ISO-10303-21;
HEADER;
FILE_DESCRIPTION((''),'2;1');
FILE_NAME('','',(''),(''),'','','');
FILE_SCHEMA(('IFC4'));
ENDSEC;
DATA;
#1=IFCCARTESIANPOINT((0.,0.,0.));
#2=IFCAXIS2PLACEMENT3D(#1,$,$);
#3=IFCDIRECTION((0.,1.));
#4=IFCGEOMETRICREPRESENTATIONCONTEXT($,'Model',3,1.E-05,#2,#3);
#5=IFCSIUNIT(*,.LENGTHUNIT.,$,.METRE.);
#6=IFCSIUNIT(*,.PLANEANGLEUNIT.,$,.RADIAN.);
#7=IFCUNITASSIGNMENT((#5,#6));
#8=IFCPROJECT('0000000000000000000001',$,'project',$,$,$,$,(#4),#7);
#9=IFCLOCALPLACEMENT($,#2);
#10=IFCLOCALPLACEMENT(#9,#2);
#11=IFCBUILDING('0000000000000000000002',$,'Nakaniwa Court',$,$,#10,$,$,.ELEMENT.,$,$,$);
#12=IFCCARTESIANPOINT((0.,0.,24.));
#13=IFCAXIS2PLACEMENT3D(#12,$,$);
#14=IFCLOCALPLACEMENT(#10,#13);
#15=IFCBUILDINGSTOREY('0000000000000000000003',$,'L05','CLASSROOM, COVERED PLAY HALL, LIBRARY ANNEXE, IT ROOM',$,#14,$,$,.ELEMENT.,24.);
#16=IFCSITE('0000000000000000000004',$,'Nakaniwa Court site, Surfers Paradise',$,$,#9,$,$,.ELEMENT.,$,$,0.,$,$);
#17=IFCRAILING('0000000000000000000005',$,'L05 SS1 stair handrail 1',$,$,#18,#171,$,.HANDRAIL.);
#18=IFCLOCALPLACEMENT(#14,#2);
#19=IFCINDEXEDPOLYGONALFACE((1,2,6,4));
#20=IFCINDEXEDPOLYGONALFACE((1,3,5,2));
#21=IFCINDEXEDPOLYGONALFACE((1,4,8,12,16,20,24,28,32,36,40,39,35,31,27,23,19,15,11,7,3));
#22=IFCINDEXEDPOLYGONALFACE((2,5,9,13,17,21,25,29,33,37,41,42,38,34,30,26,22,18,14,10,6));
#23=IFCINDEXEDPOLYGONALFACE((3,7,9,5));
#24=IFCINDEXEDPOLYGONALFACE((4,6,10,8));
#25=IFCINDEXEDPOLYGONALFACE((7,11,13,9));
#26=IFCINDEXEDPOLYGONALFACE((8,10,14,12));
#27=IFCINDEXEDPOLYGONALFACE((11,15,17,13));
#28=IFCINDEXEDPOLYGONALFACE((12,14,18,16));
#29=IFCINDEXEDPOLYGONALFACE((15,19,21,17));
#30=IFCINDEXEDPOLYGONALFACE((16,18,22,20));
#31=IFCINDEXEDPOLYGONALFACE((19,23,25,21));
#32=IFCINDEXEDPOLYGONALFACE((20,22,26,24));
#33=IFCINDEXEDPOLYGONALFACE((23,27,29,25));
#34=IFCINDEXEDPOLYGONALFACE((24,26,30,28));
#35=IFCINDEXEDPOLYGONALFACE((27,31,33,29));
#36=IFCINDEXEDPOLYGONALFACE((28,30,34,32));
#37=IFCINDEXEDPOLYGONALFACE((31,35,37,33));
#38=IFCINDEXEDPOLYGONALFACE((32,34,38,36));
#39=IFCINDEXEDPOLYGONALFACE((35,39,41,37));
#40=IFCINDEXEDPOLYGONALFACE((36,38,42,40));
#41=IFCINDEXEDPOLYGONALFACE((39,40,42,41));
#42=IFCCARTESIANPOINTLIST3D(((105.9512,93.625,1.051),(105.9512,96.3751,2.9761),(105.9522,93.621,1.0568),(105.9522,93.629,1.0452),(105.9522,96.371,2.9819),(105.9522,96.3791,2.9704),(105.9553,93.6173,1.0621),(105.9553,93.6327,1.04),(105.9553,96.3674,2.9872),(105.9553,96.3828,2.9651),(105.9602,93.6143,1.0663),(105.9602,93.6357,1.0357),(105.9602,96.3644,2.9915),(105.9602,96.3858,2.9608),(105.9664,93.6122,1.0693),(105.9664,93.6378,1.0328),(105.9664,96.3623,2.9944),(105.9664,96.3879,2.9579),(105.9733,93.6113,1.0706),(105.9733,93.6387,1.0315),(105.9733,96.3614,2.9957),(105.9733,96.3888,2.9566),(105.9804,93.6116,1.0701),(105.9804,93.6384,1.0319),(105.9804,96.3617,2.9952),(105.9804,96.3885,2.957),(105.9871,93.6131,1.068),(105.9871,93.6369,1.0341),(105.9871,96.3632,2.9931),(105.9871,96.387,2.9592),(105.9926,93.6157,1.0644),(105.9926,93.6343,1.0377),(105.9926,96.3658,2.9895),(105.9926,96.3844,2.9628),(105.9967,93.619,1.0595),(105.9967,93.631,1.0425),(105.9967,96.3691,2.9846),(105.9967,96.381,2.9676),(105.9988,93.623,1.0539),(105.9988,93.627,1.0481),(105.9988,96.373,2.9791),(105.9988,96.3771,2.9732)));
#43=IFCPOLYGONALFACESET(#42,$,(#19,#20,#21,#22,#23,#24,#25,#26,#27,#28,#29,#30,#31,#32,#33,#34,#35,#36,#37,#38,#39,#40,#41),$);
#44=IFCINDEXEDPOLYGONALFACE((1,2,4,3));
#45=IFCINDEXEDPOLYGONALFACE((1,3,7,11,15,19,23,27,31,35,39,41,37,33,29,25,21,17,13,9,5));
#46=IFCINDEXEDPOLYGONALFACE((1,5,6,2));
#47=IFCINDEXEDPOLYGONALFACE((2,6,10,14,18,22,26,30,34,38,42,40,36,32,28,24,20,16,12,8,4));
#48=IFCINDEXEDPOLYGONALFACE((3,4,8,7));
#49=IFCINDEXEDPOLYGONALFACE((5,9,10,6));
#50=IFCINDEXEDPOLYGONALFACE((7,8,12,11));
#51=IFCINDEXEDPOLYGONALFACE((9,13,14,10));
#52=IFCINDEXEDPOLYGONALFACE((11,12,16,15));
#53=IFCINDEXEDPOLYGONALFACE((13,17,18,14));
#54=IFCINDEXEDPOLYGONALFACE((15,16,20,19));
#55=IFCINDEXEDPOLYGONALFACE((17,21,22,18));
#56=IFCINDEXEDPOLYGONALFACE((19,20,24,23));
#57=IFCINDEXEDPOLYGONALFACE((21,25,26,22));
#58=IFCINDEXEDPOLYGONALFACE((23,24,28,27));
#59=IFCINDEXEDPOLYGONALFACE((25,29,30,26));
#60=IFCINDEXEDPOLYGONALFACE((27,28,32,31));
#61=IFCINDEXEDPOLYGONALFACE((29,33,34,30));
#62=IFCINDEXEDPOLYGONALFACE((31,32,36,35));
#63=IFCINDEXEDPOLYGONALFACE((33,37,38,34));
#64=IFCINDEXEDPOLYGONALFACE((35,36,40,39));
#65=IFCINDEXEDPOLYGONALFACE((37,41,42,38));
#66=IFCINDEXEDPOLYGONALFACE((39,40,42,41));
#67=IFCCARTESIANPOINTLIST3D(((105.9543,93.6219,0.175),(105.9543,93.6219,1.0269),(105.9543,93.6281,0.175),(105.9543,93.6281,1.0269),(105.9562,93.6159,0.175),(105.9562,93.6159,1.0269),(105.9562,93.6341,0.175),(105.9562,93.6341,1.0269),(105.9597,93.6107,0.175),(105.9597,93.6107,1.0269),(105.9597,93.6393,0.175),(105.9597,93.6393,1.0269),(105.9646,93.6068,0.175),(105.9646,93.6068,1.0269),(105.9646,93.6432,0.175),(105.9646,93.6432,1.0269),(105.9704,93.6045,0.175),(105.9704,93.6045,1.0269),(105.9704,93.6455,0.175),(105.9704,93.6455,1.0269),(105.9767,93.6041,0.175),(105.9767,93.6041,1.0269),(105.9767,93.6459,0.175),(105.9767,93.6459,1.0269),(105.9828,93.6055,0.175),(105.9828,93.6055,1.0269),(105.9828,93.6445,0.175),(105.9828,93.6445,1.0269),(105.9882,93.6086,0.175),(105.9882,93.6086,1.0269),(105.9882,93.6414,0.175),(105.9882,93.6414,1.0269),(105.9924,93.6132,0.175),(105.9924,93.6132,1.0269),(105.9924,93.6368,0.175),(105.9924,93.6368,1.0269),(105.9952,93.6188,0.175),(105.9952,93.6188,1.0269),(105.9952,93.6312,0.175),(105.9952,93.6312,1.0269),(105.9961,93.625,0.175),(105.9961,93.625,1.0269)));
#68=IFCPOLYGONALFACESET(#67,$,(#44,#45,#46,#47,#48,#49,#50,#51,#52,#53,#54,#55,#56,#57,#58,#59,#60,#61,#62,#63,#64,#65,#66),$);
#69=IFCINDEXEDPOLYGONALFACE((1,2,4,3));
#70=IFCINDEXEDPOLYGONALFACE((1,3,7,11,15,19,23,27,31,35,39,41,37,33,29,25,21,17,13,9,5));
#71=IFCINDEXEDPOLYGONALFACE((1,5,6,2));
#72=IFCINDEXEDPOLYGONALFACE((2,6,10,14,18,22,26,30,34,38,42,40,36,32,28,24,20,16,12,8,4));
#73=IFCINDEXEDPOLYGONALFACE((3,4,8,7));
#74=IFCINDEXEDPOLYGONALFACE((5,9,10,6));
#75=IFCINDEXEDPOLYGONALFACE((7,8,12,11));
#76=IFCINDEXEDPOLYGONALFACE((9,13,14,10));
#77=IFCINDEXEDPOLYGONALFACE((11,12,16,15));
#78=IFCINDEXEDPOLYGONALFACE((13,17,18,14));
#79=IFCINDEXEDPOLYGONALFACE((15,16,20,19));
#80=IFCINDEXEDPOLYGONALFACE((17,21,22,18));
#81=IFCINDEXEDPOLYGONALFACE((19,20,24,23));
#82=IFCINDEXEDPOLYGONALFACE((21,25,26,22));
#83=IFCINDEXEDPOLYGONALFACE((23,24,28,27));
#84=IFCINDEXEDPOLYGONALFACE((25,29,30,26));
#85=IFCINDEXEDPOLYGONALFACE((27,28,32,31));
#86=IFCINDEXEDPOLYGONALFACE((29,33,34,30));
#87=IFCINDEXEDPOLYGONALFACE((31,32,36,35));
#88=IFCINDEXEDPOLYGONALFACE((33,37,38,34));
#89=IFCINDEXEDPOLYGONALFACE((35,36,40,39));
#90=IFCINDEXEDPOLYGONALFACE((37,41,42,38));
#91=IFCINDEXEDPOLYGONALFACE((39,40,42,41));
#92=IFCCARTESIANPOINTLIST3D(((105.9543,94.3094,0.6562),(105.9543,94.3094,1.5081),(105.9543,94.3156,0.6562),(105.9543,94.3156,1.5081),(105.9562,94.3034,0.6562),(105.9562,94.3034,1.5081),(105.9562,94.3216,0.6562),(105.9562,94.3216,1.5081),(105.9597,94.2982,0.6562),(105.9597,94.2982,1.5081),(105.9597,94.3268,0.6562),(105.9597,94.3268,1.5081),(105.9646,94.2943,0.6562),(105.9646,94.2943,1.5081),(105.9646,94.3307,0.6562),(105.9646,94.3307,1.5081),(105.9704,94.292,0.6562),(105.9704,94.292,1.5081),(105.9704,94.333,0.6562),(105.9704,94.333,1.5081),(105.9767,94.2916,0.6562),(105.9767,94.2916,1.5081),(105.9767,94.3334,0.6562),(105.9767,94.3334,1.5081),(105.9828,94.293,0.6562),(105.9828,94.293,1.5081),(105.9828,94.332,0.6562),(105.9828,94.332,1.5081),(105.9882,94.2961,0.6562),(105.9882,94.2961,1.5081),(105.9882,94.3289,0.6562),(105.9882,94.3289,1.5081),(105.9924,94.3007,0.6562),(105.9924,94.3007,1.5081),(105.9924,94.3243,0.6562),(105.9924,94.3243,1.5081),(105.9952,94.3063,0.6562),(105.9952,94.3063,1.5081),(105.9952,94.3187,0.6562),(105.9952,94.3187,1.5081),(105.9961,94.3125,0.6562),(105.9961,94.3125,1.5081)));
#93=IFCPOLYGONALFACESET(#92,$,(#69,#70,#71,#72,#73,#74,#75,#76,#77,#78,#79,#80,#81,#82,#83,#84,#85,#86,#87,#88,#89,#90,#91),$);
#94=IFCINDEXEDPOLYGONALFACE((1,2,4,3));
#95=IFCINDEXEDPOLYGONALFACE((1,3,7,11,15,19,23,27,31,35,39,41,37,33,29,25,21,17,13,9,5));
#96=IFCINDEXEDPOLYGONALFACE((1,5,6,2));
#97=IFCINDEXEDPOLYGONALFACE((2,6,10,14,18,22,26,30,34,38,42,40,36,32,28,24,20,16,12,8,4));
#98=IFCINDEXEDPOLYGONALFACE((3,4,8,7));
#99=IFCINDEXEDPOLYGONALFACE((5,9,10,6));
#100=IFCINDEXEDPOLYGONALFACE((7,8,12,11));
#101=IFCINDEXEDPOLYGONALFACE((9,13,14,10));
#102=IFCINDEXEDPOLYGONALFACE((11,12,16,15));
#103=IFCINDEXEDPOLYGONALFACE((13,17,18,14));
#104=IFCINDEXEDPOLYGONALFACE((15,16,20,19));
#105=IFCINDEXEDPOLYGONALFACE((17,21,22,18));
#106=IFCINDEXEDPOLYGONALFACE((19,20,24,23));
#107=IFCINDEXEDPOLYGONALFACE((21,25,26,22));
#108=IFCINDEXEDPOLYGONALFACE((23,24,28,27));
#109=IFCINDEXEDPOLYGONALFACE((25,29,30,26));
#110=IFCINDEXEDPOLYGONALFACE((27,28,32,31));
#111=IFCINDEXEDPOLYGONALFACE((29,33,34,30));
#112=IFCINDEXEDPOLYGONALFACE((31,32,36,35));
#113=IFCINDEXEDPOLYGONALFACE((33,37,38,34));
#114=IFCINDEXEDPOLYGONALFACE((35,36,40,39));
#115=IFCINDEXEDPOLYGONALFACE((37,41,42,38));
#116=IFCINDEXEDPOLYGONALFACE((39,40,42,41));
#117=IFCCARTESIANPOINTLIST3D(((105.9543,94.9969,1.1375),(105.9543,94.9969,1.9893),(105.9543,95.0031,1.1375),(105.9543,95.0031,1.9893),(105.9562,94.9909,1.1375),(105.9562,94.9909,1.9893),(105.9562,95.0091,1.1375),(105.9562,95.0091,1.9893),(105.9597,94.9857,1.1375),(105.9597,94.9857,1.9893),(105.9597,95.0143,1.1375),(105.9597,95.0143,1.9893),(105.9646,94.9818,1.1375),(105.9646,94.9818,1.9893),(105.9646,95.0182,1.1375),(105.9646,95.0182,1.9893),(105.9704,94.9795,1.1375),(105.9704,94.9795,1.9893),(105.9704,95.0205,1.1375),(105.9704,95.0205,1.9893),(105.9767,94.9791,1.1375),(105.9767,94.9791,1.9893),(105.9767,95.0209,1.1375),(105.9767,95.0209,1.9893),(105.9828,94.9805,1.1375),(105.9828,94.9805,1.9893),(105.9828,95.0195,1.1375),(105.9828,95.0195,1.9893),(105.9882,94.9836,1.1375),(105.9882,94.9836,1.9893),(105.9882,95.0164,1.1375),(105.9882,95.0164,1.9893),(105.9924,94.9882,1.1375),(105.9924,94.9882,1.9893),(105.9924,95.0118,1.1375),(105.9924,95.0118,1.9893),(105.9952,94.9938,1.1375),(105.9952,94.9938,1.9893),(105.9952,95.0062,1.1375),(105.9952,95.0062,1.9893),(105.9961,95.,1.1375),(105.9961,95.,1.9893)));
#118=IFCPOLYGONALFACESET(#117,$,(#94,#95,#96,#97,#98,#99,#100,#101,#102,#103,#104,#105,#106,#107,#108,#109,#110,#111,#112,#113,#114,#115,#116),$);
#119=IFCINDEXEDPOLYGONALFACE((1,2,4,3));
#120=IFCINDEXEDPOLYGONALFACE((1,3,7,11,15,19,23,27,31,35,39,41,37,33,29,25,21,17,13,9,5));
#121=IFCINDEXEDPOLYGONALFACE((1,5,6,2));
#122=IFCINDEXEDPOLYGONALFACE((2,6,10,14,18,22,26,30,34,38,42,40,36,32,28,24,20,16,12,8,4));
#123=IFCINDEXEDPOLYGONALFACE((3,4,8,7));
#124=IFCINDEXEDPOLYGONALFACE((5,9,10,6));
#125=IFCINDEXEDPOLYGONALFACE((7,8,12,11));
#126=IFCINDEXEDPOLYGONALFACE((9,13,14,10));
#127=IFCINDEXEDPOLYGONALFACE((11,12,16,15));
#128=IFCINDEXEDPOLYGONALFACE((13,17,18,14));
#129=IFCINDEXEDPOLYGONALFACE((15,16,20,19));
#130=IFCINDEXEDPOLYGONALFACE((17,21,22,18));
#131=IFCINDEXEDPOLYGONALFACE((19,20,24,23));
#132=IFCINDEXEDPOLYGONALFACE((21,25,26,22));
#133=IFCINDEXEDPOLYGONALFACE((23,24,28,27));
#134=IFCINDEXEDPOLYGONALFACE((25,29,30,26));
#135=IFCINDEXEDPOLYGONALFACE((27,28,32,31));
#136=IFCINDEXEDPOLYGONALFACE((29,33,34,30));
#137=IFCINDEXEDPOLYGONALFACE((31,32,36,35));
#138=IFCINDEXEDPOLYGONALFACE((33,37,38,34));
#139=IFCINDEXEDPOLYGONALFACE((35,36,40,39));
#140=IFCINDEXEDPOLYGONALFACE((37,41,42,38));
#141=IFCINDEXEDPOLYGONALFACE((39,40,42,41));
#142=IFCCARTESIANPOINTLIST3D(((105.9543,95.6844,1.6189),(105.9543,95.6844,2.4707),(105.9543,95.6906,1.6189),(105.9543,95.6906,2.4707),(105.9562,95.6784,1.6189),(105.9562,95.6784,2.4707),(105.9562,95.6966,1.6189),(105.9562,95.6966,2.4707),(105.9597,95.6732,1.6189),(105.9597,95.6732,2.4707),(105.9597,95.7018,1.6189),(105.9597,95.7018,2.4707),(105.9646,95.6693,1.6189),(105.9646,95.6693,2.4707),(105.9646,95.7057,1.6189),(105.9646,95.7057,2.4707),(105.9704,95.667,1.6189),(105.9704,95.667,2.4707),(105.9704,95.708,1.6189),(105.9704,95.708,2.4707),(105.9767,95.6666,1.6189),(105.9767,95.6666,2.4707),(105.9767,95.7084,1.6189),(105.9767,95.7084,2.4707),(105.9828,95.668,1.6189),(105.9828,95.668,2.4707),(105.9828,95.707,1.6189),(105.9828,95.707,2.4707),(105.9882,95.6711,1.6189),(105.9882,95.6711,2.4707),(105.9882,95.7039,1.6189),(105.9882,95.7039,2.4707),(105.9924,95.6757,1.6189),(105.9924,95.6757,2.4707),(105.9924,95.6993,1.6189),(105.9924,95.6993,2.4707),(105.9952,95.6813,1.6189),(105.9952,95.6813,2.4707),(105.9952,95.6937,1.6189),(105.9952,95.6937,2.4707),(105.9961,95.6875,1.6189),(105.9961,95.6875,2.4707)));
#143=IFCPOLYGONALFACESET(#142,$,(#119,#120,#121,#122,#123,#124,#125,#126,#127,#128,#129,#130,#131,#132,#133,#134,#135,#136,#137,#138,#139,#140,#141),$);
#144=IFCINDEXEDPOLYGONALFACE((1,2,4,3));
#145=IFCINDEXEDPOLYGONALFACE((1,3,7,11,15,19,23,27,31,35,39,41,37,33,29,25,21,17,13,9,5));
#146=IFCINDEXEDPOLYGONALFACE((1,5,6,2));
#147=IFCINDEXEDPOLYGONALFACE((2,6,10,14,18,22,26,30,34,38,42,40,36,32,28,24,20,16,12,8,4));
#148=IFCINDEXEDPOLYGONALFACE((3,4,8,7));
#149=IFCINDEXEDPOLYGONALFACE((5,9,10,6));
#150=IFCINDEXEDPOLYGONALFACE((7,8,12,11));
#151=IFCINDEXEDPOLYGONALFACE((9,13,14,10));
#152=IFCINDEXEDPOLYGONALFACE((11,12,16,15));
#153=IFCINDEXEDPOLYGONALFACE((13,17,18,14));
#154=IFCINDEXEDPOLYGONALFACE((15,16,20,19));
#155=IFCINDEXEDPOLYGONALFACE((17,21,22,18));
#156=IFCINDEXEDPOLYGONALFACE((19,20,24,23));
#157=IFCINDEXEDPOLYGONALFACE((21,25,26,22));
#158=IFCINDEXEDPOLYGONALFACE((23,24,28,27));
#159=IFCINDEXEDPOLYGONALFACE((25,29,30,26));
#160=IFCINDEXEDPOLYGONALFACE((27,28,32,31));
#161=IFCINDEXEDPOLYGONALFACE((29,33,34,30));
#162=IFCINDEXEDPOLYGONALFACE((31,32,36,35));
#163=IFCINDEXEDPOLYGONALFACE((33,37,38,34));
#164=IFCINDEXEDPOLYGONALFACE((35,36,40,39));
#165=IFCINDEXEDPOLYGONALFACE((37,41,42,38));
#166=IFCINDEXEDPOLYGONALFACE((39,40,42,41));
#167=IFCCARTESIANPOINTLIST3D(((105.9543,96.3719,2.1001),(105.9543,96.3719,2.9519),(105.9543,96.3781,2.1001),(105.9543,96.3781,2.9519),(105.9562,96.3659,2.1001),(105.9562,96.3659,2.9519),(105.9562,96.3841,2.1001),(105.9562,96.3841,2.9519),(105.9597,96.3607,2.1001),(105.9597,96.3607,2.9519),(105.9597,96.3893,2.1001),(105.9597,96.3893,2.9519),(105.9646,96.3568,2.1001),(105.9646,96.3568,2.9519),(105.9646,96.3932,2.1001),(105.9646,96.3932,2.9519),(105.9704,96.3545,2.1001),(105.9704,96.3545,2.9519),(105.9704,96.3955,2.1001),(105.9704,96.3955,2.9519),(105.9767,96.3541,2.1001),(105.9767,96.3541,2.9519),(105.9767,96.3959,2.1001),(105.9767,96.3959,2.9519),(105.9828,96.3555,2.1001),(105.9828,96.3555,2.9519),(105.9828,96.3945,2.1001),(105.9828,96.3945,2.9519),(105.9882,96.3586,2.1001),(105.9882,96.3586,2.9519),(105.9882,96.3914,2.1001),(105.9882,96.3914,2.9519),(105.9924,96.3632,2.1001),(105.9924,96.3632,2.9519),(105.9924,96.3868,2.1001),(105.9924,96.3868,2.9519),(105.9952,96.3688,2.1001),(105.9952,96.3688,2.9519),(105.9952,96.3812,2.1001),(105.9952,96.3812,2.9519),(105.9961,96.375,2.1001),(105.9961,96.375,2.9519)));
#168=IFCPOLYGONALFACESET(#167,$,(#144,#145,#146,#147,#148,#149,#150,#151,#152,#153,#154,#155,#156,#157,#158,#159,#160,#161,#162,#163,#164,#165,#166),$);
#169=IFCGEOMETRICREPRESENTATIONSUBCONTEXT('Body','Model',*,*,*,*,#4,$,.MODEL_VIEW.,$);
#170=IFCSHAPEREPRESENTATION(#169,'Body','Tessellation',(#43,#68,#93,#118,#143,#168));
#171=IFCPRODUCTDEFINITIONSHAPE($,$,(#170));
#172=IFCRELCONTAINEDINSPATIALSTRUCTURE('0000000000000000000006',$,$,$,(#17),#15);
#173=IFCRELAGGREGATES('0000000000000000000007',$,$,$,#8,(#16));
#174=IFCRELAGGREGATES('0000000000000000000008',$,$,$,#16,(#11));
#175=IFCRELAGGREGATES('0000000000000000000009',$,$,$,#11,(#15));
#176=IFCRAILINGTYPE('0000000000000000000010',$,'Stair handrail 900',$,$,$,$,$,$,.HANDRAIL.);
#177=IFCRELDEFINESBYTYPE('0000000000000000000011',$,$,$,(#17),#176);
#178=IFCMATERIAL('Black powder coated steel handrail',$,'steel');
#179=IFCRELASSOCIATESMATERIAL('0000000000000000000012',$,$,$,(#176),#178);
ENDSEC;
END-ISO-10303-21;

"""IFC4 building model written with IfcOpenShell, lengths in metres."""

from ifc_helpers import new_model, si_unit, direction, frame, origin, origin_2d, place, context, subcontext, project, spatial, circle, extrude, material, type_object, element, save


model = new_model("IFC4")

# Units and contexts
model_context = context("Model", 3, precision=1e-05, world=origin(), true_north=direction((0.0, 1.0)))
body_context = subcontext(model_context, "Body", "Model", "MODEL_VIEW")
ifc_project = project(units=[si_unit("LENGTHUNIT", "METRE"), si_unit("PLANEANGLEUNIT", "RADIAN")], contexts=[model_context])

# Site, building, storey
site_placement = place(None, origin())
site = spatial("IfcSite", under=ifc_project, at=site_placement, Name="Nakaniwa Court site, Surfers Paradise", CompositionType="ELEMENT", RefElevation=0.0)
building_placement = place(site_placement, origin())
building = spatial("IfcBuilding", under=site, at=building_placement, Name="Nakaniwa Court", CompositionType="ELEMENT")
storey_placement = place(building_placement, frame((0.0, 0.0, 24.0)))
storey = spatial("IfcBuildingStorey", under=building, at=storey_placement, Name="L05", Description="CLASSROOM, COVERED PLAY HALL, LIBRARY ANNEXE, IT ROOM", CompositionType="ELEMENT", Elevation=24.0)

# Railing
ifc_material_1 = material(Name="Black powder coated steel handrail", Category="steel")
railing_type_1 = type_object("IfcRailingType", Name="Stair handrail 900", PredefinedType="HANDRAIL", material=ifc_material_1)
railing_1_placement = place(storey_placement, frame((105.9751, 93.625, 0.175)))
element("IfcRailing", 1, at=railing_1_placement, inside=storey, type_object=railing_type_1, Name="L05 SS1 stair handrail 1", PredefinedType="HANDRAIL", context=body_context, shape_type="SweptSolid", body=[
    extrude(circle(Radius=0.0239, at=origin_2d()), frame((0.0, 0.0, 0.876), z_axis=(0.0, 0.819225, 0.573472), x_axis=(-1.0, 0.0, 0.0)), (0.0, 0.0, 1.0), 3.3569),
    extrude(circle(Radius=0.021, at=origin_2d()), origin(), (0.0, 0.0, 1.0), 0.8518),
    extrude(circle(Radius=0.021, at=origin_2d()), frame((0.0, 0.6875, 0.4812)), (0.0, 0.0, 1.0), 0.8518),
    extrude(circle(Radius=0.021, at=origin_2d()), frame((0.0, 1.375, 0.9624)), (0.0, 0.0, 1.0), 0.8518),
    extrude(circle(Radius=0.021, at=origin_2d()), frame((0.0, 2.0625, 1.4438)), (0.0, 0.0, 1.0), 0.8518),
    extrude(circle(Radius=0.021, at=origin_2d()), frame((0.0, 2.75, 1.925)), (0.0, 0.0, 1.0), 0.8518),
])

save(model, "model.ifc")
